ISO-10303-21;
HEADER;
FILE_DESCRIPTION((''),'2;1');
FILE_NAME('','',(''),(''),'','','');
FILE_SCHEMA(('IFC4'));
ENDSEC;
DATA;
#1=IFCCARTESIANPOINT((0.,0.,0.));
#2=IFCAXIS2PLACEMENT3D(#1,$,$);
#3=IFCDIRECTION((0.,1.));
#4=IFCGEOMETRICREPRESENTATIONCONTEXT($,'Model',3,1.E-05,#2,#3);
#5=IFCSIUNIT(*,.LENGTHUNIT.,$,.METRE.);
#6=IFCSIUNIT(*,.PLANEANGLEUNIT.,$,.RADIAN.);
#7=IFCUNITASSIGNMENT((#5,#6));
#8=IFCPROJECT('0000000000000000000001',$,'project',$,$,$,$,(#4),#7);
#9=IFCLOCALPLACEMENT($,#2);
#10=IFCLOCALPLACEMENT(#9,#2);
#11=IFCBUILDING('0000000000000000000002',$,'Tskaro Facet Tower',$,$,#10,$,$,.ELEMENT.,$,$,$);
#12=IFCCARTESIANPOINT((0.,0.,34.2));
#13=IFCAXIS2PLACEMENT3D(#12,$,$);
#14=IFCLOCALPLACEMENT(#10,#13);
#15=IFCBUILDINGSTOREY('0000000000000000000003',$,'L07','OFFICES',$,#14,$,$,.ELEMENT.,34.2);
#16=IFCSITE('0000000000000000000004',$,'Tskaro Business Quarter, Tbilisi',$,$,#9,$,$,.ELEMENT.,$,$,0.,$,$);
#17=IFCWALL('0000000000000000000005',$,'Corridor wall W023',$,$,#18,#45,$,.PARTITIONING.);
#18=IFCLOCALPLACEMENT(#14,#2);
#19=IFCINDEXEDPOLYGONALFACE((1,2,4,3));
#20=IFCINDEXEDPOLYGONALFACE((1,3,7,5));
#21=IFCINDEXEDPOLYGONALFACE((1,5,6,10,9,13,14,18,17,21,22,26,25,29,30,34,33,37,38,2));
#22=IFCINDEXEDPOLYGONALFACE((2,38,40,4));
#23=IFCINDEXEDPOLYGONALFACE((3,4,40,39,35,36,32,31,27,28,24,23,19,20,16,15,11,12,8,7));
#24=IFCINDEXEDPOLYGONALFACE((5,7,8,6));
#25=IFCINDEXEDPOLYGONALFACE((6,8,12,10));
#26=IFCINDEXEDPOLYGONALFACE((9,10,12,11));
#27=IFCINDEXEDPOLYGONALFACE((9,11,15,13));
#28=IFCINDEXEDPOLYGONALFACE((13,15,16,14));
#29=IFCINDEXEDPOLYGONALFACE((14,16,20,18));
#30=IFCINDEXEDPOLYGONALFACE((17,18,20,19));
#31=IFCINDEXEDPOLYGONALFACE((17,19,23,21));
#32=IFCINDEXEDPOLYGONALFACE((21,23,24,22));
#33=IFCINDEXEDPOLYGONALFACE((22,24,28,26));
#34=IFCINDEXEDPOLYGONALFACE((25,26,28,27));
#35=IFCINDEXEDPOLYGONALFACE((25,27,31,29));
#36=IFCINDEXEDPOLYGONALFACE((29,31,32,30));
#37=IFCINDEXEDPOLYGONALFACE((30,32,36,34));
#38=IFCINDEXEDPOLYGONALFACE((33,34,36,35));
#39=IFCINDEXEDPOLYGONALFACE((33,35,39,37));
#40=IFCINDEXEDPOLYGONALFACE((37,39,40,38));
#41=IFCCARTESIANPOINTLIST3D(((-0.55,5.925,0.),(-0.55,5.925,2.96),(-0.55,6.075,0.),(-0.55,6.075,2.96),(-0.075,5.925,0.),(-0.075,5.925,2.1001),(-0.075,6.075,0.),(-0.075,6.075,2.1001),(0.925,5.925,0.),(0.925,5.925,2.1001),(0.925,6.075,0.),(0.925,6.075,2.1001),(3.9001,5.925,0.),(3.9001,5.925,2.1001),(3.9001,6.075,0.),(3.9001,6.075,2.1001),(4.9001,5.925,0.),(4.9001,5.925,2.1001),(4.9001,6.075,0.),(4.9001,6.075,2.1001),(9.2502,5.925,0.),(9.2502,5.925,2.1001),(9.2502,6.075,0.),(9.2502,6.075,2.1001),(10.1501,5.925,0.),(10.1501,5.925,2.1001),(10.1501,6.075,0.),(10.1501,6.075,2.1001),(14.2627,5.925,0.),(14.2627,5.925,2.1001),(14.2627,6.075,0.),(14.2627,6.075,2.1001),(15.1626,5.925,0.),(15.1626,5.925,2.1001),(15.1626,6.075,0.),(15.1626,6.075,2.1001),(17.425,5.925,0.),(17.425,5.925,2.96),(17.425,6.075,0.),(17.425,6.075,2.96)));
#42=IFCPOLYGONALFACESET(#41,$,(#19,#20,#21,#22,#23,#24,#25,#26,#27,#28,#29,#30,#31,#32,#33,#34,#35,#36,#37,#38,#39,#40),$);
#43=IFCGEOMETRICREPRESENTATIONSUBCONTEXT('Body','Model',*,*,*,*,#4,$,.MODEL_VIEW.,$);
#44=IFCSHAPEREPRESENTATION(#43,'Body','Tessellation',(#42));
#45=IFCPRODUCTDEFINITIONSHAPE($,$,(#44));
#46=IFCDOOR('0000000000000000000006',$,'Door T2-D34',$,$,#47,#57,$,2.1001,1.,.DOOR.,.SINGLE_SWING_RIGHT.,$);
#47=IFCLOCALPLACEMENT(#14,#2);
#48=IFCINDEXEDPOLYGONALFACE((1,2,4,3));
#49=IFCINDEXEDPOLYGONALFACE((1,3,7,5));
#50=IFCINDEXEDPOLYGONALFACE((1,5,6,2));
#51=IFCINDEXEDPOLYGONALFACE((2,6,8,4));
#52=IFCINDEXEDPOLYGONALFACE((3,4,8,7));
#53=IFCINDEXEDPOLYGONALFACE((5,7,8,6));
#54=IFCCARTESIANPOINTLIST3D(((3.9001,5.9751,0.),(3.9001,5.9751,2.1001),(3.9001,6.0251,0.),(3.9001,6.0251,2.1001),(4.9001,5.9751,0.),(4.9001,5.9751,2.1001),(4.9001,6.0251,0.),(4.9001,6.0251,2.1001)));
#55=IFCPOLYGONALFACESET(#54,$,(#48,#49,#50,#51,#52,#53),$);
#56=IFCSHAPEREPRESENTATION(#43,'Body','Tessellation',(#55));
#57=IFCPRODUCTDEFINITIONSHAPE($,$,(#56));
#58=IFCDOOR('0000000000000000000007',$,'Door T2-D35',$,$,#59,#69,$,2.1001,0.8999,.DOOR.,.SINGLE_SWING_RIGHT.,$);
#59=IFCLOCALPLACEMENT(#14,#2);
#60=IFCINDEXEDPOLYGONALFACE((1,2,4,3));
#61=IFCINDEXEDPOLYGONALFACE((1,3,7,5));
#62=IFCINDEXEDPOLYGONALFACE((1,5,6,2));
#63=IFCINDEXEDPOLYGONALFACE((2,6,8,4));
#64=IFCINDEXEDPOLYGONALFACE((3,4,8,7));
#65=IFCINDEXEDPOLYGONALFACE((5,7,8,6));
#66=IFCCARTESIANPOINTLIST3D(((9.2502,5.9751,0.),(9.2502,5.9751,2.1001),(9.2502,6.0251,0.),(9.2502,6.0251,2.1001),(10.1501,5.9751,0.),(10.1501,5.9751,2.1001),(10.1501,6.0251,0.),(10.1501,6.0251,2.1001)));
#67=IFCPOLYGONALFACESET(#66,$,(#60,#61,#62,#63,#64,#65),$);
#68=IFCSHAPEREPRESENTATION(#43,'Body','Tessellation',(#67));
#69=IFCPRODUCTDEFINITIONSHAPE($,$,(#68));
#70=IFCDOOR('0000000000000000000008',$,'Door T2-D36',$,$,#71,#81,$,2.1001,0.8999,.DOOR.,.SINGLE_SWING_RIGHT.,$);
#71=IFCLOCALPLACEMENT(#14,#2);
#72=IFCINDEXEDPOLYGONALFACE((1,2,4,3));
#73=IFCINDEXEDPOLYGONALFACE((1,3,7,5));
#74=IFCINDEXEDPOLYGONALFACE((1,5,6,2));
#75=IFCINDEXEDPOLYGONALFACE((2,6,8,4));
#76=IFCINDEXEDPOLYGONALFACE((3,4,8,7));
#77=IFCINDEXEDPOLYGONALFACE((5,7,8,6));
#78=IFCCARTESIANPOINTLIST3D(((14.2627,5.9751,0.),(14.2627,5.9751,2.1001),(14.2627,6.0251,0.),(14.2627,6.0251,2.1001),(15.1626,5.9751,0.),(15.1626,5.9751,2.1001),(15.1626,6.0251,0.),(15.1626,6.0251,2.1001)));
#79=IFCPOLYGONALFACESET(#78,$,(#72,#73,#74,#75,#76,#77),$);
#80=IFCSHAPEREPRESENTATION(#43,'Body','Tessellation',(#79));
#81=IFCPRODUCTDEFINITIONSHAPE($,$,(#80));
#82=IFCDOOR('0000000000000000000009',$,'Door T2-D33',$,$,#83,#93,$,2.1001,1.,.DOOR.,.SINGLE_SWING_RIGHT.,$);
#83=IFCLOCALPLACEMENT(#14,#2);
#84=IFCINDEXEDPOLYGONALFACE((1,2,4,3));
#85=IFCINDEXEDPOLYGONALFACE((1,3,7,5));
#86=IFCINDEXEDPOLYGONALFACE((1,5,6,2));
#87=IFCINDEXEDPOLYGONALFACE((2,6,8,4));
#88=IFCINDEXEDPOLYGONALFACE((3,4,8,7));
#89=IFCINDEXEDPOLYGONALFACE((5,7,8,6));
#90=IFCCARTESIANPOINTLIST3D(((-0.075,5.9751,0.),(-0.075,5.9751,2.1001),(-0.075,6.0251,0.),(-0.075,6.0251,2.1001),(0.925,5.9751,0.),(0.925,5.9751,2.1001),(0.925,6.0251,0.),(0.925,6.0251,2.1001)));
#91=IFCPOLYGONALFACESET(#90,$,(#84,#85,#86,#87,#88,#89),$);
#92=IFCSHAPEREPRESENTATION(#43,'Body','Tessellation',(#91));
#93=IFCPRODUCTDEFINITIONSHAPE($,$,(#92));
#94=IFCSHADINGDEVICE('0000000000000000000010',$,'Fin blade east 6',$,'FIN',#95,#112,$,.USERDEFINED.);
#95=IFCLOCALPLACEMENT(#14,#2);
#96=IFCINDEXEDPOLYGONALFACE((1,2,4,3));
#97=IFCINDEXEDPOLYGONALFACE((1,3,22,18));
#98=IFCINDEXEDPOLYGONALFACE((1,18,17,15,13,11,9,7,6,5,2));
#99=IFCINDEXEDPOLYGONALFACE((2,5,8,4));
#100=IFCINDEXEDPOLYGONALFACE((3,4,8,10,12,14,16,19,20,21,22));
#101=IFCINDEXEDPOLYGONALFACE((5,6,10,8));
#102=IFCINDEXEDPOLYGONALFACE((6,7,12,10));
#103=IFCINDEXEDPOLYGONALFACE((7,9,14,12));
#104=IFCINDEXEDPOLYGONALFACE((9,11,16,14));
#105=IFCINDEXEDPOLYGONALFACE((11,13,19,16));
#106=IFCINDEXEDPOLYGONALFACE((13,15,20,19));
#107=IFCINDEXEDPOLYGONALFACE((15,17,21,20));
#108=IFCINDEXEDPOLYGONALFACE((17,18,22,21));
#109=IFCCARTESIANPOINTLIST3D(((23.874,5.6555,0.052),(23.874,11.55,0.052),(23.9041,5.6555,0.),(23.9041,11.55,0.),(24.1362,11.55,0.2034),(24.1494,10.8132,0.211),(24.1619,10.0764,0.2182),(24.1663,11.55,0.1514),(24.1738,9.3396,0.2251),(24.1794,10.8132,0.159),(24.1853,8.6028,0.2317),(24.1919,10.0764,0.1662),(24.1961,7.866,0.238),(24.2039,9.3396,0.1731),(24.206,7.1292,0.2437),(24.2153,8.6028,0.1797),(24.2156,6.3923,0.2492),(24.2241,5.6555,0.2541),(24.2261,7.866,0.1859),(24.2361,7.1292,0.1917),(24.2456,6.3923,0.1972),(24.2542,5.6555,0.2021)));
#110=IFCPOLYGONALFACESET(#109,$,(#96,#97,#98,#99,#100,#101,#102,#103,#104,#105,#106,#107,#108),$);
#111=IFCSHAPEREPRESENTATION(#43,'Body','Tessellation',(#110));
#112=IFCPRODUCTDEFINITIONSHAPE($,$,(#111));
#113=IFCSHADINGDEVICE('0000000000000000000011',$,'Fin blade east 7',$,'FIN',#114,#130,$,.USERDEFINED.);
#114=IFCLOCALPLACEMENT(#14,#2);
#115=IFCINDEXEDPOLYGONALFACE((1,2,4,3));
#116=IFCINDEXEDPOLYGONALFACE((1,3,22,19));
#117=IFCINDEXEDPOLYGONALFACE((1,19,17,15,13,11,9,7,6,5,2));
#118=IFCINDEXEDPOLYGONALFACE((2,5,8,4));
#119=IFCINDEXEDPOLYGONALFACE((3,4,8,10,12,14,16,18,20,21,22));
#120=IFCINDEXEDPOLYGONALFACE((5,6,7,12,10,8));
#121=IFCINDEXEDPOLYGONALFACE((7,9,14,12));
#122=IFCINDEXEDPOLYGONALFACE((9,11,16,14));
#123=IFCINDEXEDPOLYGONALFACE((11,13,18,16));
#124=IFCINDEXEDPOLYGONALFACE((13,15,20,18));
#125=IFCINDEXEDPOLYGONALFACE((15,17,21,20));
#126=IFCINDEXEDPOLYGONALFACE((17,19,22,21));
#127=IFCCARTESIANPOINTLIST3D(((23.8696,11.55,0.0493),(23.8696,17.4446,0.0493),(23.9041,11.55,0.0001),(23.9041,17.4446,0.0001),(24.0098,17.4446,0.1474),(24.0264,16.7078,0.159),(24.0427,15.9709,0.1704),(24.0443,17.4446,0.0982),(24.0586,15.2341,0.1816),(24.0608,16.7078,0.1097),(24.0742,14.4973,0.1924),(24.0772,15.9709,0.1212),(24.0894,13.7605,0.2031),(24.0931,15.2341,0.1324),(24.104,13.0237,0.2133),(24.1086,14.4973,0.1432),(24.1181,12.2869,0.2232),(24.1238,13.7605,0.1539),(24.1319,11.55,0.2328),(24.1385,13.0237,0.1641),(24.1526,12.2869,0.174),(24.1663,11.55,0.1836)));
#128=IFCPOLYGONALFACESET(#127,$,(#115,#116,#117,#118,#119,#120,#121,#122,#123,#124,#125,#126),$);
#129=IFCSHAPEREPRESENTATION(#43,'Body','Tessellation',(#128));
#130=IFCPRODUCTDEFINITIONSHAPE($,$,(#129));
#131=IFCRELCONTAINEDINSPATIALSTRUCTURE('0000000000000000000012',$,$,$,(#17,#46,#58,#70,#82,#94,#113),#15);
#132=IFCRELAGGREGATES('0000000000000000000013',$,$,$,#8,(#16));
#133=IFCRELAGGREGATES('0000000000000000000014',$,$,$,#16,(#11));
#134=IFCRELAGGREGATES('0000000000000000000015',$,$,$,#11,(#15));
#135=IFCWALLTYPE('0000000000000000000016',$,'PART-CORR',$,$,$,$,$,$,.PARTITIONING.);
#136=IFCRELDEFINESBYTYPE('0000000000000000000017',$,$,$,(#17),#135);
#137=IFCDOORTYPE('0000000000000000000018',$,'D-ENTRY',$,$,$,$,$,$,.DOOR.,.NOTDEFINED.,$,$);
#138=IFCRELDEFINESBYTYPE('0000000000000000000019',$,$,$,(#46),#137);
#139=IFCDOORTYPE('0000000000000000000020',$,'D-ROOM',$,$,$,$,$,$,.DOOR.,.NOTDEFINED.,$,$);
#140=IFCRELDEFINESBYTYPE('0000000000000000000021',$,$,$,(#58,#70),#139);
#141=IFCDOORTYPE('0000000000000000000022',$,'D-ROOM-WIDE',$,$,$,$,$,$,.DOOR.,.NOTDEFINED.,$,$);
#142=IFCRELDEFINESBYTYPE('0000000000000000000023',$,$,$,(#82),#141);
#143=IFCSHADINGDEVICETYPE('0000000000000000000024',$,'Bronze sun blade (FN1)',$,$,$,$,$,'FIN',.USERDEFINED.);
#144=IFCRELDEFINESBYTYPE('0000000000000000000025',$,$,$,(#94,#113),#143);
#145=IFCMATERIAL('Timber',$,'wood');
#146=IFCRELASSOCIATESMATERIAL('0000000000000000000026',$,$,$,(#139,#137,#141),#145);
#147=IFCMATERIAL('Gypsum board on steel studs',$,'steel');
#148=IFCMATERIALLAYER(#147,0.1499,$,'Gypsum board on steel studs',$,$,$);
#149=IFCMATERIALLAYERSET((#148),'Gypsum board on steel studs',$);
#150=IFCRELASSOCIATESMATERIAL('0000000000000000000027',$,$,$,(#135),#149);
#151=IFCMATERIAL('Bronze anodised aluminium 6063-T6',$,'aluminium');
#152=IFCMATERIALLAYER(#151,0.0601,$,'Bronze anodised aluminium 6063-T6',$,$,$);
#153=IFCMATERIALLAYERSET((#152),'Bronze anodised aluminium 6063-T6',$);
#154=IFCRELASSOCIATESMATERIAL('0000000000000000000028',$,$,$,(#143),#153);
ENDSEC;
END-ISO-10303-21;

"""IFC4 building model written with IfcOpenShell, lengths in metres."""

from ifc_helpers import new_model, si_unit, direction, frame, frame_2d, origin, place, context, subcontext, project, spatial, polyline, rectangle, outline, extrude, material, layer, layer_set, type_object, element, fill, save


model = new_model("IFC4")

# Units and contexts
model_context = context("Model", 3, precision=1e-05, world=origin(), true_north=direction((0.0, 1.0)))
body_context = subcontext(model_context, "Body", "Model", "MODEL_VIEW")
ifc_project = project(units=[si_unit("LENGTHUNIT", "METRE"), si_unit("PLANEANGLEUNIT", "RADIAN")], contexts=[model_context])

# Site, building, storey
site_placement = place(None, origin())
site = spatial("IfcSite", under=ifc_project, at=site_placement, Name="Tskaro Business Quarter, Tbilisi", CompositionType="ELEMENT", RefElevation=0.0)
building_placement = place(site_placement, origin())
building = spatial("IfcBuilding", under=site, at=building_placement, Name="Tskaro Facet Tower", CompositionType="ELEMENT")
storey_placement = place(building_placement, frame((0.0, 0.0, 34.2)))
storey = spatial("IfcBuildingStorey", under=building, at=storey_placement, Name="L07", Description="OFFICES", CompositionType="ELEMENT", Elevation=34.2)

# Shared definitions
ifc_material_1 = material(Name="Bronze anodised aluminium 6063-T6", Category="aluminium")

# Shared definitions
ifc_material_2 = material(Name="Gypsum board on steel studs", Category="steel")
ifc_material_3 = material(Name="Timber", Category="wood")
door_type_1 = type_object("IfcDoorType", Name="D-ROOM", OperationType="NOTDEFINED", PredefinedType="DOOR", material=ifc_material_3)

# Wall, openings, doors
ifc_layer_1 = layer(ifc_material_2, 0.1499, Name="Gypsum board on steel studs")
ifc_layer_set_1 = layer_set([ifc_layer_1], Name="Gypsum board on steel studs")
wall_type_1 = type_object("IfcWallType", Name="PART-CORR", PredefinedType="PARTITIONING", material=ifc_layer_set_1)
wall_1_placement = place(storey_placement, frame((17.425, 6.0, 0.0), z_axis=(0.0, 0.0, 1.0), x_axis=(-1.0, 0.0, 0.0)))
wall_1 = element("IfcWall", 1, at=wall_1_placement, inside=storey, type_object=wall_type_1, Name="Corridor wall W023", PredefinedType="PARTITIONING", context=body_context, shape_type="SweptSolid", body=[
    extrude(rectangle(XDim=17.9751, YDim=0.1499, at=frame_2d((8.9875, 0.0))), origin(), (0.0, 0.0, 1.0), 2.96),
])
opening_1_placement = place(wall_1_placement, frame((12.5249, 0.0, 0.0)))
opening_1 = element("IfcOpeningElement", 2, at=opening_1_placement, cuts=wall_1, PredefinedType="OPENING", context=body_context, shape_type="SweptSolid", body=[
    extrude(rectangle(XDim=1.0, YDim=2.1001, at=frame_2d((0.5, 1.05))), frame((0.0, 0.085, 0.0), z_axis=(0.0, -1.0, 0.0), x_axis=(1.0, 0.0, 0.0)), (0.0, 0.0, 1.0), 0.1699),
])
opening_2_placement = place(wall_1_placement, frame((16.5, 0.0, 0.0)))
opening_2 = element("IfcOpeningElement", 3, at=opening_2_placement, cuts=wall_1, PredefinedType="OPENING", context=body_context, shape_type="SweptSolid", body=[
    extrude(rectangle(XDim=1.0, YDim=2.1001, at=frame_2d((0.5, 1.05))), frame((0.0, 0.085, 0.0), z_axis=(0.0, -1.0, 0.0), x_axis=(1.0, 0.0, 0.0)), (0.0, 0.0, 1.0), 0.1699),
])
opening_3_placement = place(wall_1_placement, frame((7.2749, 0.0, 0.0)))
opening_3 = element("IfcOpeningElement", 4, at=opening_3_placement, cuts=wall_1, PredefinedType="OPENING", context=body_context, shape_type="SweptSolid", body=[
    extrude(rectangle(XDim=0.8999, YDim=2.1001, at=frame_2d((0.45, 1.05))), frame((0.0, 0.085, 0.0), z_axis=(0.0, -1.0, 0.0), x_axis=(1.0, 0.0, 0.0)), (0.0, 0.0, 1.0), 0.1699),
])
opening_4_placement = place(wall_1_placement, frame((2.2625, 0.0, 0.0)))
opening_4 = element("IfcOpeningElement", 5, at=opening_4_placement, cuts=wall_1, PredefinedType="OPENING", context=body_context, shape_type="SweptSolid", body=[
    extrude(rectangle(XDim=0.8999, YDim=2.1001, at=frame_2d((0.45, 1.05))), frame((0.0, 0.085, 0.0), z_axis=(0.0, -1.0, 0.0), x_axis=(1.0, 0.0, 0.0)), (0.0, 0.0, 1.0), 0.1699),
])
door_type_2 = type_object("IfcDoorType", Name="D-ENTRY", OperationType="NOTDEFINED", PredefinedType="DOOR", material=ifc_material_3)
door_1_placement = place(opening_1_placement, origin())
door_1 = element("IfcDoor", 6, at=door_1_placement, inside=storey, type_object=door_type_2, Name="Door T2-D34", OperationType="SINGLE_SWING_RIGHT", OverallHeight=2.1001, OverallWidth=1.0, PredefinedType="DOOR", context=body_context, shape_type="SweptSolid", body=[
    extrude(rectangle(XDim=1.0, YDim=2.1001, at=frame_2d((0.5, 1.05))), frame((0.0, 0.0249, 0.0), z_axis=(0.0, -1.0, 0.0), x_axis=(1.0, 0.0, 0.0)), (0.0, 0.0, 1.0), 0.05),
])
fill(opening_1, door_1)
door_2_placement = place(opening_3_placement, origin())
door_2 = element("IfcDoor", 7, at=door_2_placement, inside=storey, type_object=door_type_1, Name="Door T2-D35", OperationType="SINGLE_SWING_RIGHT", OverallHeight=2.1001, OverallWidth=0.8999, PredefinedType="DOOR", context=body_context, shape_type="SweptSolid", body=[
    extrude(rectangle(XDim=0.8999, YDim=2.1001, at=frame_2d((0.45, 1.05))), frame((0.0, 0.0249, 0.0), z_axis=(0.0, -1.0, 0.0), x_axis=(1.0, 0.0, 0.0)), (0.0, 0.0, 1.0), 0.05),
])
fill(opening_3, door_2)
door_3_placement = place(opening_4_placement, origin())
door_3 = element("IfcDoor", 8, at=door_3_placement, inside=storey, type_object=door_type_1, Name="Door T2-D36", OperationType="SINGLE_SWING_RIGHT", OverallHeight=2.1001, OverallWidth=0.8999, PredefinedType="DOOR", context=body_context, shape_type="SweptSolid", body=[
    extrude(rectangle(XDim=0.8999, YDim=2.1001, at=frame_2d((0.45, 1.05))), frame((0.0, 0.0249, 0.0), z_axis=(0.0, -1.0, 0.0), x_axis=(1.0, 0.0, 0.0)), (0.0, 0.0, 1.0), 0.05),
])
fill(opening_4, door_3)
door_type_3 = type_object("IfcDoorType", Name="D-ROOM-WIDE", OperationType="NOTDEFINED", PredefinedType="DOOR", material=ifc_material_3)
door_4_placement = place(opening_2_placement, origin())
door_4 = element("IfcDoor", 9, at=door_4_placement, inside=storey, type_object=door_type_3, Name="Door T2-D33", OperationType="SINGLE_SWING_RIGHT", OverallHeight=2.1001, OverallWidth=1.0, PredefinedType="DOOR", context=body_context, shape_type="SweptSolid", body=[
    extrude(rectangle(XDim=1.0, YDim=2.1001, at=frame_2d((0.5, 1.05))), frame((0.0, 0.0249, 0.0), z_axis=(0.0, -1.0, 0.0), x_axis=(1.0, 0.0, 0.0)), (0.0, 0.0, 1.0), 0.05),
])
fill(opening_2, door_4)

# Shading devices
ifc_layer_2 = layer(ifc_material_1, 0.0601, Name="Bronze anodised aluminium 6063-T6")
ifc_layer_set_2 = layer_set([ifc_layer_2], Name="Bronze anodised aluminium 6063-T6")
shading_device_type = type_object("IfcShadingDeviceType", Name="Bronze sun blade (FN1)", ElementType="FIN", PredefinedType="USERDEFINED", material=ifc_layer_set_2)
shading_device_1_placement = place(storey_placement, frame((23.874, 5.6555, 0.052), z_axis=(-0.500033, 0.000002, 0.866006), x_axis=(0.000001, 1.0, -0.000002)))
element("IfcShadingDevice", 10, at=shading_device_1_placement, inside=storey, type_object=shading_device_type, Name="Fin blade east 6", ObjectType="FIN", PredefinedType="USERDEFINED", context=body_context, shape_type="SweptSolid", body=[
    extrude(outline(polyline([(0.0, 0.0), (5.8945, 0.0), (5.8945, -0.3028), (5.1577, -0.318), (4.4209, -0.3324), (3.6841, -0.3462), (2.9473, -0.3594), (2.2104, -0.3719), (1.4736, -0.3834), (0.7368, -0.3944), (0.0, -0.4043), (0.0, 0.0)])), origin(), (0.0, 0.0, -1.0), 0.0601),
])
shading_device_2_placement = place(storey_placement, frame((23.8696, 11.55, 0.0493), z_axis=(-0.573339, 0.000006, 0.819319), x_axis=(0.000003, 1.0, -0.000005)))
element("IfcShadingDevice", 11, at=shading_device_2_placement, inside=storey, type_object=shading_device_type, Name="Fin blade east 7", ObjectType="FIN", PredefinedType="USERDEFINED", context=body_context, shape_type="SweptSolid", body=[
    extrude(outline(polyline([(0.0, 0.0), (5.8945, 0.0), (5.8945, -0.1711), (5.1577, -0.1913), (4.4209, -0.2112), (3.6841, -0.2307), (2.9473, -0.2496), (2.2104, -0.2682), (1.4736, -0.2861), (0.7368, -0.3033), (0.0, -0.3201), (0.0, 0.0)])), origin(), (0.0, 0.0, -1.0), 0.0601),
])

save(model, "model.ifc")
